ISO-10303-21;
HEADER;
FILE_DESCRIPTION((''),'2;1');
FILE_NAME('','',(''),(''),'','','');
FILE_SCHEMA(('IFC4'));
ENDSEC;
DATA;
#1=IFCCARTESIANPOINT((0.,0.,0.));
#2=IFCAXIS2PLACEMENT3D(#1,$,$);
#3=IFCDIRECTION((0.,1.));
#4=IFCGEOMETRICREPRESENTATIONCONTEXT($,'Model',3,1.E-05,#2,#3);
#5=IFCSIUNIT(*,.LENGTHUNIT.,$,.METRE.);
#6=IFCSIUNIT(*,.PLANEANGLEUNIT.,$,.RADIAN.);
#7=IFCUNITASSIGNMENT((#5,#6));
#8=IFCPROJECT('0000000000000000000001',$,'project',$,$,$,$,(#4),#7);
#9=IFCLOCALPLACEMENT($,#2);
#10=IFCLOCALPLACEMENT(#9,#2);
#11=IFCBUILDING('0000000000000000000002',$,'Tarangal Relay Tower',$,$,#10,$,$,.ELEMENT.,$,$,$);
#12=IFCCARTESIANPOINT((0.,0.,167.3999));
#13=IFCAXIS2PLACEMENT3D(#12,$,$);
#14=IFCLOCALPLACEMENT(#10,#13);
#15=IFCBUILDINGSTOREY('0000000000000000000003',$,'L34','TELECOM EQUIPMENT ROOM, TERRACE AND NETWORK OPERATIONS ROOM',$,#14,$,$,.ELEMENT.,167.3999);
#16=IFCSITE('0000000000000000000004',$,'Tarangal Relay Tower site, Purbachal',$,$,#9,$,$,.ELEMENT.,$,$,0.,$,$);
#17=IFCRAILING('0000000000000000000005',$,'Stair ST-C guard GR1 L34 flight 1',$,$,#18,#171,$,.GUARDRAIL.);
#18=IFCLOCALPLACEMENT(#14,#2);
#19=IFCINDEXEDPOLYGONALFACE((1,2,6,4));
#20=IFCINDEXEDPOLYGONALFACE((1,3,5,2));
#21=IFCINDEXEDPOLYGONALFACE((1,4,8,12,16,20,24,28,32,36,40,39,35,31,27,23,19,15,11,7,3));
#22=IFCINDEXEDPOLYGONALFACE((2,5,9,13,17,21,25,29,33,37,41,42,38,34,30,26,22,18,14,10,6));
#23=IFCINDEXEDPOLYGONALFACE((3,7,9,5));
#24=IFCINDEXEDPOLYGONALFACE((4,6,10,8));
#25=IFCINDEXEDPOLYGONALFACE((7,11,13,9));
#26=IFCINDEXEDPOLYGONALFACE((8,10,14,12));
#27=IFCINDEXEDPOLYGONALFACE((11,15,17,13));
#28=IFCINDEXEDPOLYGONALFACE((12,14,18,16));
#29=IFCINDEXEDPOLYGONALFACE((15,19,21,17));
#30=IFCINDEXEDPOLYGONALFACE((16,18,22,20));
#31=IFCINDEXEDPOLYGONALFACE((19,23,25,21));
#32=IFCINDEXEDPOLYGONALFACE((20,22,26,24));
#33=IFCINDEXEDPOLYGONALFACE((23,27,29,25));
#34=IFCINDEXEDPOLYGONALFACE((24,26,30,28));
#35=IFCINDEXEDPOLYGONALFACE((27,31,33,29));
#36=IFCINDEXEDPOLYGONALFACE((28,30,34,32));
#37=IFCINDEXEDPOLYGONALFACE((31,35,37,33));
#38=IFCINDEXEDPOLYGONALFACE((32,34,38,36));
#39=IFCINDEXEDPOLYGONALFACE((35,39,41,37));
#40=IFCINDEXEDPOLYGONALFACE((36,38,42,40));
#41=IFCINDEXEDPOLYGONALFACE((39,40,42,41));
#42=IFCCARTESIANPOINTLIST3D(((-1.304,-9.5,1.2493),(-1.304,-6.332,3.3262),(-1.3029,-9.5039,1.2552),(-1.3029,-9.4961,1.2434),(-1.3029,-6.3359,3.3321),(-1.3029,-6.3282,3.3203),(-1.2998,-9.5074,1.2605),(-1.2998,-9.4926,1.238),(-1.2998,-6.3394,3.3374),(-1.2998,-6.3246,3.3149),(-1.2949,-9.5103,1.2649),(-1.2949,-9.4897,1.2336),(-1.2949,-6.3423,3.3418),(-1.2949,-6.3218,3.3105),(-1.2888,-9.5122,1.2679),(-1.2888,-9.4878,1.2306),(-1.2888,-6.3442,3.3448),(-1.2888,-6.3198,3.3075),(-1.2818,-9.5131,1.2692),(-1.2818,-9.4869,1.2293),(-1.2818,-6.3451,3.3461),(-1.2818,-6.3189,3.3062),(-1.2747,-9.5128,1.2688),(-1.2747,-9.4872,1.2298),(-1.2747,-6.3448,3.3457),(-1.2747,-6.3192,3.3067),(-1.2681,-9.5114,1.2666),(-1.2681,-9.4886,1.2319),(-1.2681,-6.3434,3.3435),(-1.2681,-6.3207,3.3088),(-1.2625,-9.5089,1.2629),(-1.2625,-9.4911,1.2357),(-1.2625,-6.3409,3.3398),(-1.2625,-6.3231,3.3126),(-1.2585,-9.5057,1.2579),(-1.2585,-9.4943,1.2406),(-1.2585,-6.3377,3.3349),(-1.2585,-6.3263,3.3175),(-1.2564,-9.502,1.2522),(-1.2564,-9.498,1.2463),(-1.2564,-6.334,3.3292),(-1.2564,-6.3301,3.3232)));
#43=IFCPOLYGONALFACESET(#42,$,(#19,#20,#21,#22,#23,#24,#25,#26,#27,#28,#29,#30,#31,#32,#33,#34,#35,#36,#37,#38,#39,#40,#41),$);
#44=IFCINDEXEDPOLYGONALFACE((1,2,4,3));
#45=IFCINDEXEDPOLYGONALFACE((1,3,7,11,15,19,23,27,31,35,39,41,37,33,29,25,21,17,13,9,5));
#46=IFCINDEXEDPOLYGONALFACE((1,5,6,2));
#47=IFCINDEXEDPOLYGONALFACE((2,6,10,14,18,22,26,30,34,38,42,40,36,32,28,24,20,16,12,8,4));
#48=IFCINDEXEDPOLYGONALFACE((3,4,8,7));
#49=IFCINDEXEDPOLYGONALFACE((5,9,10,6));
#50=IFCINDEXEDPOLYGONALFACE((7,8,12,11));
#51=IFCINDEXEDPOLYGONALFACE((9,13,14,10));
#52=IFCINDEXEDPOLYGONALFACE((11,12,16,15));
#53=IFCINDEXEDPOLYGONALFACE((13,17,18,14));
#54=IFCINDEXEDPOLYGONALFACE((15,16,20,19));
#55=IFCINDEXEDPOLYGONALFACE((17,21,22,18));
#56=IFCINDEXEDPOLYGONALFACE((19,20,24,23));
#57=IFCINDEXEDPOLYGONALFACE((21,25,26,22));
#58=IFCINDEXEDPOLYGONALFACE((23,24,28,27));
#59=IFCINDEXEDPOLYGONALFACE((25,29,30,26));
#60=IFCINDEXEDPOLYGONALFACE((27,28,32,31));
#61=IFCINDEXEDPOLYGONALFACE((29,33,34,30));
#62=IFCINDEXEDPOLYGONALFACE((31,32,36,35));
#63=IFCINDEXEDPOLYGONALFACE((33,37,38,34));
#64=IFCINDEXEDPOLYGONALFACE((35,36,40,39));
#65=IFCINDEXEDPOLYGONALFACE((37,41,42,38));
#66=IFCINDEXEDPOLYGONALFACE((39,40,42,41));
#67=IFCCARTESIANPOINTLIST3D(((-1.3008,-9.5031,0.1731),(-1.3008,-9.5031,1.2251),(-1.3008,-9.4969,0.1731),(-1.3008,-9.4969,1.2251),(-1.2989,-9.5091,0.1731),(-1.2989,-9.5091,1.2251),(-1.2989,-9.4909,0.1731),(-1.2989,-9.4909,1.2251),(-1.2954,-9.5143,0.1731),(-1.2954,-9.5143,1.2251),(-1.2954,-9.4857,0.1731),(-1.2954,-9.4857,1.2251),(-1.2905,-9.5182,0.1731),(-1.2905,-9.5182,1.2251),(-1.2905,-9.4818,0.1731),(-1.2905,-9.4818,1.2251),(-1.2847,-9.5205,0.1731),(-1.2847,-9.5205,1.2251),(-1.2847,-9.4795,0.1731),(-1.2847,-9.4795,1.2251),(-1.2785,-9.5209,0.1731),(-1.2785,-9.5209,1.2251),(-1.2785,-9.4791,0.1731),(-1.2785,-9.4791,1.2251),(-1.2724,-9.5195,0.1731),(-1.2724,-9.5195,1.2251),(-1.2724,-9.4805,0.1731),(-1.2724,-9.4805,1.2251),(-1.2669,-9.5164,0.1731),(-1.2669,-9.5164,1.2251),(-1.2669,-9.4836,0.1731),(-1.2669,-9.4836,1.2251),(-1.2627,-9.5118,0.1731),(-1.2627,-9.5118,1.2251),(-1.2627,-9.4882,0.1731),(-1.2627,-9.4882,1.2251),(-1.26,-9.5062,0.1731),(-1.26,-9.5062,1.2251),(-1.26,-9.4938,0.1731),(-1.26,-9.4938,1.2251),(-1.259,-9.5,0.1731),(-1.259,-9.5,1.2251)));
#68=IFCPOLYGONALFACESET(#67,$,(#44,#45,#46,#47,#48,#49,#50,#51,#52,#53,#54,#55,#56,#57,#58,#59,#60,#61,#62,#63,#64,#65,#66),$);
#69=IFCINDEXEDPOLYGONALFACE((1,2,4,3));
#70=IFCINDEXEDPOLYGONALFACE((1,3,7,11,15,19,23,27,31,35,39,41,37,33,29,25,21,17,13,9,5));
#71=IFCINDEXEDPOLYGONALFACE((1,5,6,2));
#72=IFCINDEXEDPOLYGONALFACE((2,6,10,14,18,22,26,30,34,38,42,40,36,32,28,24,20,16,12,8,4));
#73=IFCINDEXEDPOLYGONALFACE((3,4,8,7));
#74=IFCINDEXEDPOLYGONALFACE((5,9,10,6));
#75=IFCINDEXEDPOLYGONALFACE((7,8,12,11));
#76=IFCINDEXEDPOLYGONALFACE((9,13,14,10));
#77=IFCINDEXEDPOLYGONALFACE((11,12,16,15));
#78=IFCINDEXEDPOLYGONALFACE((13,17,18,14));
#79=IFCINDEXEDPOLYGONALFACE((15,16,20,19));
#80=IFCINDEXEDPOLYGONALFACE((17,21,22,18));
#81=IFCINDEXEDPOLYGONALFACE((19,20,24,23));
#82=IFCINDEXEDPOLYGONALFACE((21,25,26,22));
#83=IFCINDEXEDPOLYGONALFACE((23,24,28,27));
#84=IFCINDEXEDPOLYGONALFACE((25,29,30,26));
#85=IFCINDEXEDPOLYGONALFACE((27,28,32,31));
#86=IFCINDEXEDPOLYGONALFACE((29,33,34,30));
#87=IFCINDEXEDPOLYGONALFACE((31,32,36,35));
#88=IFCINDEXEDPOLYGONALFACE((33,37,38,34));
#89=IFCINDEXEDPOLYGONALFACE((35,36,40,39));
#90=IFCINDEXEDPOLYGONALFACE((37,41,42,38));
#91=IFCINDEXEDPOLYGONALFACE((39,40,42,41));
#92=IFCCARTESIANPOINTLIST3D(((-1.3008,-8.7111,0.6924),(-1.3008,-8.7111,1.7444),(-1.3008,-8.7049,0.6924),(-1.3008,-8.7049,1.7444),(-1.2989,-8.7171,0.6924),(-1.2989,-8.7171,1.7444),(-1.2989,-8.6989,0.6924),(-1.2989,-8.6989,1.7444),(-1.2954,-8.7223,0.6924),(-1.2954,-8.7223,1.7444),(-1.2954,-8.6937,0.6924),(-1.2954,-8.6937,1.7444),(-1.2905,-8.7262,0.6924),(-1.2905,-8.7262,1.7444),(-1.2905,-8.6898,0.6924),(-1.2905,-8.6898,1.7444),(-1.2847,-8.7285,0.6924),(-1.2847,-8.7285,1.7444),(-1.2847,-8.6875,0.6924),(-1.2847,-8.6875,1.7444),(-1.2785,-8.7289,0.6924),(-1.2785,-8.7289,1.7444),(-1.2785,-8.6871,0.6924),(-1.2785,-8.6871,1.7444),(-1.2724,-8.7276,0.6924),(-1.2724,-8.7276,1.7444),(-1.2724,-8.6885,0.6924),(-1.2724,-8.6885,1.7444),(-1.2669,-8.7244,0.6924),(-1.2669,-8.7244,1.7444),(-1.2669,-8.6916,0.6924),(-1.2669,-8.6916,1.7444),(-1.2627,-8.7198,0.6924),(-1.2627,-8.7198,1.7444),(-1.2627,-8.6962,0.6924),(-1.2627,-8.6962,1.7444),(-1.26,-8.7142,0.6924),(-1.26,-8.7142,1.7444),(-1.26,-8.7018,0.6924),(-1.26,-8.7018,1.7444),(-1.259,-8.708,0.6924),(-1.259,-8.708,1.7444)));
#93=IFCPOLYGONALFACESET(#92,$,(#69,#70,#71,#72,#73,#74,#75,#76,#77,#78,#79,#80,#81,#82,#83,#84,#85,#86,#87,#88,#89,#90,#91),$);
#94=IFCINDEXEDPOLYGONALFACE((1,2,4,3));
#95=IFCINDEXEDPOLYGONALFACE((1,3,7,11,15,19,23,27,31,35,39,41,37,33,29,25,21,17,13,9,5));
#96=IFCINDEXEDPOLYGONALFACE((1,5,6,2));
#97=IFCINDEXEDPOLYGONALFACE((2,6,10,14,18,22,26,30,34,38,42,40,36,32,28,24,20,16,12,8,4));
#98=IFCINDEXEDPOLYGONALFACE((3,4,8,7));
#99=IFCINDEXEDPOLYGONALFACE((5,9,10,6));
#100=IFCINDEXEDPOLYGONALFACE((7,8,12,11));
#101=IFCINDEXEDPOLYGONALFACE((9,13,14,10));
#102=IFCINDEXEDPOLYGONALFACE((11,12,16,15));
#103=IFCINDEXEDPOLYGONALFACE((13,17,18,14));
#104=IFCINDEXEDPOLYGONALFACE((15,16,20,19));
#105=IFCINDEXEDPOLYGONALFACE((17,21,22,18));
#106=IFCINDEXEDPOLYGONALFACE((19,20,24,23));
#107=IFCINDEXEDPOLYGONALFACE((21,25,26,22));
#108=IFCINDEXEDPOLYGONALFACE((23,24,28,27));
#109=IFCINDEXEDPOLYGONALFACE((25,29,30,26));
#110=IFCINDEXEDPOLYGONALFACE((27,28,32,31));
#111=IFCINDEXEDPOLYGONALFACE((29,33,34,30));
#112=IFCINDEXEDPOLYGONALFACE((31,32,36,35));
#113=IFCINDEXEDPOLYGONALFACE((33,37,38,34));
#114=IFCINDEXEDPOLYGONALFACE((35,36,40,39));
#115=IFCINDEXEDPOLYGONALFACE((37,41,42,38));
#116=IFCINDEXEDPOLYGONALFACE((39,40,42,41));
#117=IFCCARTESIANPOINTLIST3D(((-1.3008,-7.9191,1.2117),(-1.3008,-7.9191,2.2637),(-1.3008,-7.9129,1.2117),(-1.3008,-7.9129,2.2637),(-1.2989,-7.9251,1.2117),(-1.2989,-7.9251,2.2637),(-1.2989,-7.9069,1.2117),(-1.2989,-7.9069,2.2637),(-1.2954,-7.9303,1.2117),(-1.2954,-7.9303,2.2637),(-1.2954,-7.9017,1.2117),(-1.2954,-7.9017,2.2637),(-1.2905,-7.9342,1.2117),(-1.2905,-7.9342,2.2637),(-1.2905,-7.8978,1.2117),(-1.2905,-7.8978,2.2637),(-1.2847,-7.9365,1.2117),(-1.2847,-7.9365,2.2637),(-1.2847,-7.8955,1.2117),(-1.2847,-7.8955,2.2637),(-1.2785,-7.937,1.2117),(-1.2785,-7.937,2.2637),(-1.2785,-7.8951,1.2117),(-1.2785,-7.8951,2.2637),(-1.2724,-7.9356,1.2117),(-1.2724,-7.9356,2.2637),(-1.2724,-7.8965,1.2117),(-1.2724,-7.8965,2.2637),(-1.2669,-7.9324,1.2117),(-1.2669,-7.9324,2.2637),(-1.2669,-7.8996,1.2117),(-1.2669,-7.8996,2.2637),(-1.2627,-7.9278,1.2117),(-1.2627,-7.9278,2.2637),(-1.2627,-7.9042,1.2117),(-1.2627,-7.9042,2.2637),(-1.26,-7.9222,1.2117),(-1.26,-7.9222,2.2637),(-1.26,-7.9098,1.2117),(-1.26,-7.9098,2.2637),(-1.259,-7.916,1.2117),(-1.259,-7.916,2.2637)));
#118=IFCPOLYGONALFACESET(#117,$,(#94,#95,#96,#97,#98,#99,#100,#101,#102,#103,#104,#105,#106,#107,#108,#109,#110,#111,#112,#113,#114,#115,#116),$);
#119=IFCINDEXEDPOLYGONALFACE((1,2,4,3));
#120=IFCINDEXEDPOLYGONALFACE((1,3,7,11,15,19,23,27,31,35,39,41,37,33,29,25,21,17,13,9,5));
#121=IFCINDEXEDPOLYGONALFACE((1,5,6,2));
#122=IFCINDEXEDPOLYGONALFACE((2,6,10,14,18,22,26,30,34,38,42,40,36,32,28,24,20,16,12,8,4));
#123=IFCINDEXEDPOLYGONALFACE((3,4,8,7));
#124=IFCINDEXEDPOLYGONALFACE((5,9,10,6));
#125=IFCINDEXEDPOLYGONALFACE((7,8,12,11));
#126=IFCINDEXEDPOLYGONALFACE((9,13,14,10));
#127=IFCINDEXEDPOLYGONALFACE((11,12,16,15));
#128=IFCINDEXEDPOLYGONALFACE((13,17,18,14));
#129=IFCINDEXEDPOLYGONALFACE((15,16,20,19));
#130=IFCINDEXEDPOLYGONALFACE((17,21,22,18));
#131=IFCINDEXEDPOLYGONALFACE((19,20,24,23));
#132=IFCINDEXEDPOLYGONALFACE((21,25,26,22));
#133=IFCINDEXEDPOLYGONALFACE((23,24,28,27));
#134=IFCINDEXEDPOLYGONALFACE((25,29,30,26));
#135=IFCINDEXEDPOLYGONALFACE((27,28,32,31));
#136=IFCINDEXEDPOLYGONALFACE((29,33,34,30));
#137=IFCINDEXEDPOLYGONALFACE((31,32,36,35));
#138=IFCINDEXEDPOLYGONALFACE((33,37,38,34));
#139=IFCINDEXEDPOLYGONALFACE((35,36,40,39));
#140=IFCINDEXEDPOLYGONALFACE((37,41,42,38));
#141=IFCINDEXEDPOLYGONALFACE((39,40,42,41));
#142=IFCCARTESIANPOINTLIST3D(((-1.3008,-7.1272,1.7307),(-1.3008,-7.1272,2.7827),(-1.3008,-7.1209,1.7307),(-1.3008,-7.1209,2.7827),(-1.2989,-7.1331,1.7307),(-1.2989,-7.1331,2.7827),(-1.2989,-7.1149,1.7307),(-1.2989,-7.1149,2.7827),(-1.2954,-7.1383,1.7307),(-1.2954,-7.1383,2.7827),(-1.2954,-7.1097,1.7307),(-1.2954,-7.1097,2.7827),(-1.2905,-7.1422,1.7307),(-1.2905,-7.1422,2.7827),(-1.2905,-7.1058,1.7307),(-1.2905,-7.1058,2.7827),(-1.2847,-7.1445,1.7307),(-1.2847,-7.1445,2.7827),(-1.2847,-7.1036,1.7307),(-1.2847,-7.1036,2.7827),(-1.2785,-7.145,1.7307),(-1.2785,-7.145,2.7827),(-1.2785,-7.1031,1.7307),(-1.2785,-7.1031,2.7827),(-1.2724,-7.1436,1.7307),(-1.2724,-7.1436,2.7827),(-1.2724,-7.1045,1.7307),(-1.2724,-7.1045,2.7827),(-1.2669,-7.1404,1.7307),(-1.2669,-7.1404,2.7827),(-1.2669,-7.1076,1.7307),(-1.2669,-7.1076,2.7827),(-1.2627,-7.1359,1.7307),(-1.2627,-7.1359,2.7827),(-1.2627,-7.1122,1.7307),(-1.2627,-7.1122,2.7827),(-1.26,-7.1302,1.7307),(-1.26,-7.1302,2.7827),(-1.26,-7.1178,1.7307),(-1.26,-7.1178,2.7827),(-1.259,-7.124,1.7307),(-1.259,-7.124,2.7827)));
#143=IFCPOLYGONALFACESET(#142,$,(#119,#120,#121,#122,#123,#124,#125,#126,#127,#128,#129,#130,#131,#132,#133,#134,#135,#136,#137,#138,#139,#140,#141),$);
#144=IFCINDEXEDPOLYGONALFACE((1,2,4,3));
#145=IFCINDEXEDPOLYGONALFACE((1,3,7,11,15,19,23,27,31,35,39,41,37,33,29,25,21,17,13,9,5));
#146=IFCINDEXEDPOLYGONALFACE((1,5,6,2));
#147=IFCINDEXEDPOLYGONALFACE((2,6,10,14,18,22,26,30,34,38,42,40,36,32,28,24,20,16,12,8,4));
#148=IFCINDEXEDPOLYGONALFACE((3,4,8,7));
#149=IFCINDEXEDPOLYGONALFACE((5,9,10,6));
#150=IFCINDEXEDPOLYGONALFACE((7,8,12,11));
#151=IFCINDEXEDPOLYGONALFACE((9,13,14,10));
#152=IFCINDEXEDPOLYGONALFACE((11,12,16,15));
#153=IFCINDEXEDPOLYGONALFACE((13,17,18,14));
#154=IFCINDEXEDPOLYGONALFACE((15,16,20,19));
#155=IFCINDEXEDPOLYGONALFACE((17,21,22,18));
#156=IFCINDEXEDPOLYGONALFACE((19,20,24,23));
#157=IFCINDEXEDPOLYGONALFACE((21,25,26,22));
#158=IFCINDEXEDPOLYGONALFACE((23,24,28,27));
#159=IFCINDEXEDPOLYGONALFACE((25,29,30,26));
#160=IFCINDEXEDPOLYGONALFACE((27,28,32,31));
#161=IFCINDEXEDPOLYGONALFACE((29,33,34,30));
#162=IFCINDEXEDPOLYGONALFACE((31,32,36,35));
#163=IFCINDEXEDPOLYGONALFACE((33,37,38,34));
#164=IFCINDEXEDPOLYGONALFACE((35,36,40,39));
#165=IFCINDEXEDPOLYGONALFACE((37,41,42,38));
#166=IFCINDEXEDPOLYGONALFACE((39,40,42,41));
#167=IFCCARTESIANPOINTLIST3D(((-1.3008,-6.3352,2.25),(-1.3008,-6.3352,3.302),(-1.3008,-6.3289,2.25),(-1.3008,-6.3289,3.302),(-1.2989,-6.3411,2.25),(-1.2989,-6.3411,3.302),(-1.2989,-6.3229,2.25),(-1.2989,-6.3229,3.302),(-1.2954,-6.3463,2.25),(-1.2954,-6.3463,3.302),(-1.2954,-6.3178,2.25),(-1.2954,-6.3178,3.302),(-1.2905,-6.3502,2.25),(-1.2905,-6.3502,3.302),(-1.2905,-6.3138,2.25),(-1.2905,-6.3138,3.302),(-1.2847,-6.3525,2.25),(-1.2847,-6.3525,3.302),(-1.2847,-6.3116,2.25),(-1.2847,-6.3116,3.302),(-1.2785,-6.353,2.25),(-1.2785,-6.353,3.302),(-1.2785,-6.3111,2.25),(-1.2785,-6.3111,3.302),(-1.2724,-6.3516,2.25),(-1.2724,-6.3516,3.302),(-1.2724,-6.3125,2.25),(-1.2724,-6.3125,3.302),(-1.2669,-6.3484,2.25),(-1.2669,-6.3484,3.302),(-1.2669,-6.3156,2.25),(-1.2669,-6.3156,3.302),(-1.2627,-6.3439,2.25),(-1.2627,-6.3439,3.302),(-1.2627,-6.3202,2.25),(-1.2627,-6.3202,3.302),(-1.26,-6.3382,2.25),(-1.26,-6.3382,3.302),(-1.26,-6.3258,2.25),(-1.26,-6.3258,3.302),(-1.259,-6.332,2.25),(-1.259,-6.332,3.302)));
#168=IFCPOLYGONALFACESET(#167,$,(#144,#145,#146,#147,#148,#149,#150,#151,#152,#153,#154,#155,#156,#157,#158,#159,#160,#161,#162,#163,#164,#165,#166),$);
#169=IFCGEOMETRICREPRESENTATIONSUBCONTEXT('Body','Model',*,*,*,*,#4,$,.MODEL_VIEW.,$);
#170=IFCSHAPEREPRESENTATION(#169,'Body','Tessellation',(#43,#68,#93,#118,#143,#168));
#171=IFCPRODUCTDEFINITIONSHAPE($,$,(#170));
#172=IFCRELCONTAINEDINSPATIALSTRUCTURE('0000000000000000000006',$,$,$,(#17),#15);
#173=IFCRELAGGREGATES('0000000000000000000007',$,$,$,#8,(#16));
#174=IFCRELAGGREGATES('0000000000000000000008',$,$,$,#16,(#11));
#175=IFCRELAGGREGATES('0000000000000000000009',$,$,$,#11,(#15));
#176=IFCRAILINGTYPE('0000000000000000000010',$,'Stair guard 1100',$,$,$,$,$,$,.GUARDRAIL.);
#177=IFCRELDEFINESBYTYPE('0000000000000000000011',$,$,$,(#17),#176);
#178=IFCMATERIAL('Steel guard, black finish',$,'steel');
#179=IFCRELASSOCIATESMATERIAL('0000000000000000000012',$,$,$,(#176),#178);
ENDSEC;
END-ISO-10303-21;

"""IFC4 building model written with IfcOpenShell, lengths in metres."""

from ifc_helpers import new_model, si_unit, direction, frame, origin, origin_2d, place, context, subcontext, project, spatial, circle, extrude, material, type_object, element, save


model = new_model("IFC4")

# Units and contexts
model_context = context("Model", 3, precision=1e-05, world=origin(), true_north=direction((0.0, 1.0)))
body_context = subcontext(model_context, "Body", "Model", "MODEL_VIEW")
ifc_project = project(units=[si_unit("LENGTHUNIT", "METRE"), si_unit("PLANEANGLEUNIT", "RADIAN")], contexts=[model_context])

# Site, building, storey
site_placement = place(None, origin())
site = spatial("IfcSite", under=ifc_project, at=site_placement, Name="Tarangal Relay Tower site, Purbachal", CompositionType="ELEMENT", RefElevation=0.0)
building_placement = place(site_placement, origin())
building = spatial("IfcBuilding", under=site, at=building_placement, Name="Tarangal Relay Tower", CompositionType="ELEMENT")
storey_placement = place(building_placement, frame((0.0, 0.0, 167.3999)))
storey = spatial("IfcBuildingStorey", under=building, at=storey_placement, Name="L34", Description="TELECOM EQUIPMENT ROOM, TERRACE AND NETWORK OPERATIONS ROOM", CompositionType="ELEMENT", Elevation=167.3999)

# Railing
ifc_material_1 = material(Name="Steel guard, black finish", Category="steel")
railing_type_1 = type_object("IfcRailingType", Name="Stair guard 1100", PredefinedType="GUARDRAIL", material=ifc_material_1)
railing_1_placement = place(storey_placement, frame((-1.28, -9.5, 0.1731)))
element("IfcRailing", 1, at=railing_1_placement, inside=storey, type_object=railing_type_1, Name="Stair ST-C guard GR1 L34 flight 1", PredefinedType="GUARDRAIL", context=body_context, shape_type="SweptSolid", body=[
    extrude(circle(Radius=0.0239, at=origin_2d()), frame((0.0, 0.0, 1.0762), z_axis=(0.0, 0.836299, 0.548273), x_axis=(-1.0, 0.0, 0.0)), (0.0, 0.0, 1.0), 3.7881),
    extrude(circle(Radius=0.021, at=origin_2d()), origin(), (0.0, 0.0, 1.0), 1.052),
    extrude(circle(Radius=0.021, at=origin_2d()), frame((0.0, 0.792, 0.5193)), (0.0, 0.0, 1.0), 1.052),
    extrude(circle(Radius=0.021, at=origin_2d()), frame((0.0, 1.584, 1.0386)), (0.0, 0.0, 1.0), 1.052),
    extrude(circle(Radius=0.021, at=origin_2d()), frame((0.0, 2.376, 1.5576)), (0.0, 0.0, 1.0), 1.052),
    extrude(circle(Radius=0.021, at=origin_2d()), frame((0.0, 3.168, 2.0769)), (0.0, 0.0, 1.0), 1.052),
])

save(model, "model.ifc")
